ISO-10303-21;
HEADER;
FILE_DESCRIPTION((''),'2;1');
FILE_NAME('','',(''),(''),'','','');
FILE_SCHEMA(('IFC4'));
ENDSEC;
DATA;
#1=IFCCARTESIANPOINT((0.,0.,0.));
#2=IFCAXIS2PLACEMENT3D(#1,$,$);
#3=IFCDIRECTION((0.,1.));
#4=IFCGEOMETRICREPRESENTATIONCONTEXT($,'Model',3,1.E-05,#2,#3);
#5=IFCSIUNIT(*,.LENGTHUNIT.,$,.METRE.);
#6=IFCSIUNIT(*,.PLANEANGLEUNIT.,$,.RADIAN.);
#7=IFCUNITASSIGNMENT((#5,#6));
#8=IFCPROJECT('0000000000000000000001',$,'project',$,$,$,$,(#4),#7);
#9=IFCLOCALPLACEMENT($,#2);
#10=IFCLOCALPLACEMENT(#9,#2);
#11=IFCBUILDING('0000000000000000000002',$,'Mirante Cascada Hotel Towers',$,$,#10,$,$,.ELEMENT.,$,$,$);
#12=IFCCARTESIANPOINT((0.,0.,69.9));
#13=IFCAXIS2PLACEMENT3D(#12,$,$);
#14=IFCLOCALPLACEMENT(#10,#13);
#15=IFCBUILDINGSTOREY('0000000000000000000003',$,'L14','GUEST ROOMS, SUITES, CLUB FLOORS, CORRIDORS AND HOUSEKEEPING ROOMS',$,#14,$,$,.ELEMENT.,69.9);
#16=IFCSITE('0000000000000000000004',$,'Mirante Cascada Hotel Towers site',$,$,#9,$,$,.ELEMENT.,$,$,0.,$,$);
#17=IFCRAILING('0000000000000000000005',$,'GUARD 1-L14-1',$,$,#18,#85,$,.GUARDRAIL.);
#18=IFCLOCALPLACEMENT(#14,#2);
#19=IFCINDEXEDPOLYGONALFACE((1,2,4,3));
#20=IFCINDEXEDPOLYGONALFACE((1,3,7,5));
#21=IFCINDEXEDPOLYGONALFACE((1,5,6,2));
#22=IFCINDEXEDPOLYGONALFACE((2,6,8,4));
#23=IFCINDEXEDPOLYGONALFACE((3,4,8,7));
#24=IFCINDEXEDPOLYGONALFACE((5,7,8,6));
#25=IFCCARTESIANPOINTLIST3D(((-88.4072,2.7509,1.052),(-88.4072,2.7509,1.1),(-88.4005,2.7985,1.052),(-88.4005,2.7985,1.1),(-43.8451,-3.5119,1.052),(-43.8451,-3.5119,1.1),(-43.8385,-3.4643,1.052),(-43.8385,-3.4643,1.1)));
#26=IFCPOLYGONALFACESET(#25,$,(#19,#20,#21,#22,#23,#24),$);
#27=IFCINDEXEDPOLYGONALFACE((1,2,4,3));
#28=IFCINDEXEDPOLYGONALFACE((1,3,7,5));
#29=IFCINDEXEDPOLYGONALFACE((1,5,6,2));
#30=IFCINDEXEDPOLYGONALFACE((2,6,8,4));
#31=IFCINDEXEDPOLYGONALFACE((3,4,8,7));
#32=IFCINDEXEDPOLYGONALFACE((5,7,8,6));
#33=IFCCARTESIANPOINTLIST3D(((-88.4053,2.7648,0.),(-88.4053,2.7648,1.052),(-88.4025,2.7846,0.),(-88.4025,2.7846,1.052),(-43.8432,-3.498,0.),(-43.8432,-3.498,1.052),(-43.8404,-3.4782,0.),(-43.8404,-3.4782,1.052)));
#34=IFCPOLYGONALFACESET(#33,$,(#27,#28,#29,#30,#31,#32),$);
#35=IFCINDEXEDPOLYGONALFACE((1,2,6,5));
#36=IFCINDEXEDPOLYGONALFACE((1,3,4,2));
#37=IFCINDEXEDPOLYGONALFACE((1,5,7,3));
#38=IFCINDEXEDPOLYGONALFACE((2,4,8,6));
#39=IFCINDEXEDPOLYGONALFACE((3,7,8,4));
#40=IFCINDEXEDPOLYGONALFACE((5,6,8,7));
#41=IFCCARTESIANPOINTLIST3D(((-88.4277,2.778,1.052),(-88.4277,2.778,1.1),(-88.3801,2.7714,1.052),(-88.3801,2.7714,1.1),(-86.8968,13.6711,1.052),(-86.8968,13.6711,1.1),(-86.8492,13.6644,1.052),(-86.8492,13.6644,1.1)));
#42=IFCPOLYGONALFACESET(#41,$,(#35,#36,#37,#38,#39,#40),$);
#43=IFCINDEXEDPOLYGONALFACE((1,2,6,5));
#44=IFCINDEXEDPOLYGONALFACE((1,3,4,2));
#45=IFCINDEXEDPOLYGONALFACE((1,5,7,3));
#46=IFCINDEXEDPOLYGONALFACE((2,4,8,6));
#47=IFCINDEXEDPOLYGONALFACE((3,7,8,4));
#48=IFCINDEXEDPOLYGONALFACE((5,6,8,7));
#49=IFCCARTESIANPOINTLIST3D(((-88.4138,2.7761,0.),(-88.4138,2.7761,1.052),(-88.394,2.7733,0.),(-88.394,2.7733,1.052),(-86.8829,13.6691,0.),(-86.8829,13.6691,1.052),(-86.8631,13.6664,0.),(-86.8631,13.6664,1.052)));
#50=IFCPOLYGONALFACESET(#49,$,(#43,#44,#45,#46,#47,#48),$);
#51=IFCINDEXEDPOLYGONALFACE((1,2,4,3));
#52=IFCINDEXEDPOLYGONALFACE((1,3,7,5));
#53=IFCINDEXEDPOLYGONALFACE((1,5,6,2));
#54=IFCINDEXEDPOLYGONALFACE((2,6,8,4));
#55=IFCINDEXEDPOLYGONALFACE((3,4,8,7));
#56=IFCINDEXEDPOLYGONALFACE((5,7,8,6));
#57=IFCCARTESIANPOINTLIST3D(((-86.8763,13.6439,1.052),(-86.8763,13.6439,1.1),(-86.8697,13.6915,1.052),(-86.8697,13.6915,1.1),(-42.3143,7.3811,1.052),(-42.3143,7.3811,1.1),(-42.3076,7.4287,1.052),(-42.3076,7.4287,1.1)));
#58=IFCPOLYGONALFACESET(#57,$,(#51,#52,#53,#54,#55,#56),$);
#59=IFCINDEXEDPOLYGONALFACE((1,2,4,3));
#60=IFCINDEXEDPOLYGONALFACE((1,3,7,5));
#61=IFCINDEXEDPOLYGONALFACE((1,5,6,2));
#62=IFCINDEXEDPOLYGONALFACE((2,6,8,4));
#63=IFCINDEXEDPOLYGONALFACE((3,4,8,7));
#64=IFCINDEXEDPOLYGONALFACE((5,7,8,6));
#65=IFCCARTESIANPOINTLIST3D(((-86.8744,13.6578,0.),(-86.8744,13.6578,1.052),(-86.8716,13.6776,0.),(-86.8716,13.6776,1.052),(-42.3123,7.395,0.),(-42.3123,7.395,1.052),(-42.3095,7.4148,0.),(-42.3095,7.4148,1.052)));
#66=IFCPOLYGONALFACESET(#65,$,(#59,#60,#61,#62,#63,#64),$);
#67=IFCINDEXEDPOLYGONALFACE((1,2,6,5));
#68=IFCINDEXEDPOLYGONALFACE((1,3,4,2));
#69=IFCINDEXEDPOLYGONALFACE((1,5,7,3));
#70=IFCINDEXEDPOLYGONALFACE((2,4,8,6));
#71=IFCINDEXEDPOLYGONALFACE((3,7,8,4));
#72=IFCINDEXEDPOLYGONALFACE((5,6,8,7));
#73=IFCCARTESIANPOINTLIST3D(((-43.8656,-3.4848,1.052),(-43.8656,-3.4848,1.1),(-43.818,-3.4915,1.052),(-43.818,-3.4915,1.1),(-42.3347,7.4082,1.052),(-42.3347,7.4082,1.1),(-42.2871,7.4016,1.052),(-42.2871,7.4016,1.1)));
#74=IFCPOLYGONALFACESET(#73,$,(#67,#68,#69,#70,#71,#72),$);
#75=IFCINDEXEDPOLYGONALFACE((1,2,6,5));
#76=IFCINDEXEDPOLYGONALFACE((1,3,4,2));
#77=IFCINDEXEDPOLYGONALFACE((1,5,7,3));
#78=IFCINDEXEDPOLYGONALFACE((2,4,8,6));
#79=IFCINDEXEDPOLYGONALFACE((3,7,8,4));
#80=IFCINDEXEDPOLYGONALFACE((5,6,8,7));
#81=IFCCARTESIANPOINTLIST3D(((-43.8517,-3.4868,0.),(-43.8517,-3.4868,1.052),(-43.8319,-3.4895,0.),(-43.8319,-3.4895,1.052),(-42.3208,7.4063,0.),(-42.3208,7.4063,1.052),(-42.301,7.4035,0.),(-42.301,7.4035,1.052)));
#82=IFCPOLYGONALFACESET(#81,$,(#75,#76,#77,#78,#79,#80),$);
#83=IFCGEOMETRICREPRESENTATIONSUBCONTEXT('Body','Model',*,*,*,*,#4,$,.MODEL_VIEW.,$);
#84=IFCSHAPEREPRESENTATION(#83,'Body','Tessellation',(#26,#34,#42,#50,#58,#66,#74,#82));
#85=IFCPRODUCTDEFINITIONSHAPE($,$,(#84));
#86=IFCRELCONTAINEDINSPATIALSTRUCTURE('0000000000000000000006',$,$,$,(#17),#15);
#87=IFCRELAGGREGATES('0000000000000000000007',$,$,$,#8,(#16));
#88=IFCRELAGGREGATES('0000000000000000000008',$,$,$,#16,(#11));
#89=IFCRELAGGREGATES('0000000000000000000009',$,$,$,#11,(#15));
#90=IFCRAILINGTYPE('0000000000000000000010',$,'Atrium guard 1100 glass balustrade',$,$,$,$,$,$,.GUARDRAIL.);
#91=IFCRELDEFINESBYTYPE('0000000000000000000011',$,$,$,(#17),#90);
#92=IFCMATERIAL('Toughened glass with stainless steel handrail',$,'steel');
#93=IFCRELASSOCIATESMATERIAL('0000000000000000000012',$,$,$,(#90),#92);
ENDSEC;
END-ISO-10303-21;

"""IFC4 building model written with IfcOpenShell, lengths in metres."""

from ifc_helpers import new_model, si_unit, direction, frame, origin, origin_2d, place, context, subcontext, project, spatial, rectangle, extrude, material, type_object, element, save


model = new_model("IFC4")

# Units and contexts
model_context = context("Model", 3, precision=1e-05, world=origin(), true_north=direction((0.0, 1.0)))
body_context = subcontext(model_context, "Body", "Model", "MODEL_VIEW")
ifc_project = project(units=[si_unit("LENGTHUNIT", "METRE"), si_unit("PLANEANGLEUNIT", "RADIAN")], contexts=[model_context])

# Site, building, storey
site_placement = place(None, origin())
site = spatial("IfcSite", under=ifc_project, at=site_placement, Name="Mirante Cascada Hotel Towers site", CompositionType="ELEMENT", RefElevation=0.0)
building_placement = place(site_placement, origin())
building = spatial("IfcBuilding", under=site, at=building_placement, Name="Mirante Cascada Hotel Towers", CompositionType="ELEMENT")
storey_placement = place(building_placement, frame((0.0, 0.0, 69.9)))
storey = spatial("IfcBuildingStorey", under=building, at=storey_placement, Name="L14", Description="GUEST ROOMS, SUITES, CLUB FLOORS, CORRIDORS AND HOUSEKEEPING ROOMS", CompositionType="ELEMENT", Elevation=69.9)

# Railing
ifc_material_1 = material(Name="Toughened glass with stainless steel handrail", Category="steel")
railing_type = type_object("IfcRailingType", Name="Atrium guard 1100 glass balustrade", PredefinedType="GUARDRAIL", material=ifc_material_1)
railing_placement = place(storey_placement, frame((-43.8418, -3.4881, 0.0)))
element("IfcRailing", 1, at=railing_placement, inside=storey, type_object=railing_type, Name="GUARD 1-L14-1", PredefinedType="GUARDRAIL", context=body_context, shape_type="SweptSolid", body=[
    extrude(rectangle(XDim=0.048, YDim=0.048, at=origin_2d()), frame((0.0, 0.0, 1.076), z_axis=(-0.990268, 0.139173, 0.0), x_axis=(-0.139173, -0.990268, 0.0)), (0.0, 0.0, 1.0), 45.0),
    extrude(rectangle(XDim=0.02, YDim=1.052, at=origin_2d()), frame((0.0, 0.0, 0.526), z_axis=(-0.990268, 0.139173, 0.0), x_axis=(-0.139173, -0.990268, 0.0)), (0.0, 0.0, 1.0), 45.0),
    extrude(rectangle(XDim=0.048, YDim=0.048, at=origin_2d()), frame((-44.5621, 6.2628, 1.076), z_axis=(0.139172, 0.990268, 0.0), x_axis=(-0.990268, 0.139172, 0.0)), (0.0, 0.0, 1.0), 11.0001),
    extrude(rectangle(XDim=0.02, YDim=1.052, at=origin_2d()), frame((-44.5621, 6.2628, 0.526), z_axis=(0.139172, 0.990268, 0.0), x_axis=(-0.990268, 0.139172, 0.0)), (0.0, 0.0, 1.0), 11.0001),
    extrude(rectangle(XDim=0.048, YDim=0.048, at=origin_2d()), frame((-43.0312, 17.1558, 1.076), z_axis=(0.990268, -0.139173, 0.0), x_axis=(0.139173, 0.990268, 0.0)), (0.0, 0.0, 1.0), 45.0),
    extrude(rectangle(XDim=0.02, YDim=1.052, at=origin_2d()), frame((-43.0312, 17.1558, 0.526), z_axis=(0.990268, -0.139173, 0.0), x_axis=(0.139173, 0.990268, 0.0)), (0.0, 0.0, 1.0), 45.0),
    extrude(rectangle(XDim=0.048, YDim=0.048, at=origin_2d()), frame((1.5309, 10.893, 1.076), z_axis=(-0.139172, -0.990268, 0.0), x_axis=(0.990268, -0.139172, 0.0)), (0.0, 0.0, 1.0), 11.0001),
    extrude(rectangle(XDim=0.02, YDim=1.052, at=origin_2d()), frame((1.5309, 10.893, 0.526), z_axis=(-0.139172, -0.990268, 0.0), x_axis=(0.990268, -0.139172, 0.0)), (0.0, 0.0, 1.0), 11.0001),
])

save(model, "model.ifc")
